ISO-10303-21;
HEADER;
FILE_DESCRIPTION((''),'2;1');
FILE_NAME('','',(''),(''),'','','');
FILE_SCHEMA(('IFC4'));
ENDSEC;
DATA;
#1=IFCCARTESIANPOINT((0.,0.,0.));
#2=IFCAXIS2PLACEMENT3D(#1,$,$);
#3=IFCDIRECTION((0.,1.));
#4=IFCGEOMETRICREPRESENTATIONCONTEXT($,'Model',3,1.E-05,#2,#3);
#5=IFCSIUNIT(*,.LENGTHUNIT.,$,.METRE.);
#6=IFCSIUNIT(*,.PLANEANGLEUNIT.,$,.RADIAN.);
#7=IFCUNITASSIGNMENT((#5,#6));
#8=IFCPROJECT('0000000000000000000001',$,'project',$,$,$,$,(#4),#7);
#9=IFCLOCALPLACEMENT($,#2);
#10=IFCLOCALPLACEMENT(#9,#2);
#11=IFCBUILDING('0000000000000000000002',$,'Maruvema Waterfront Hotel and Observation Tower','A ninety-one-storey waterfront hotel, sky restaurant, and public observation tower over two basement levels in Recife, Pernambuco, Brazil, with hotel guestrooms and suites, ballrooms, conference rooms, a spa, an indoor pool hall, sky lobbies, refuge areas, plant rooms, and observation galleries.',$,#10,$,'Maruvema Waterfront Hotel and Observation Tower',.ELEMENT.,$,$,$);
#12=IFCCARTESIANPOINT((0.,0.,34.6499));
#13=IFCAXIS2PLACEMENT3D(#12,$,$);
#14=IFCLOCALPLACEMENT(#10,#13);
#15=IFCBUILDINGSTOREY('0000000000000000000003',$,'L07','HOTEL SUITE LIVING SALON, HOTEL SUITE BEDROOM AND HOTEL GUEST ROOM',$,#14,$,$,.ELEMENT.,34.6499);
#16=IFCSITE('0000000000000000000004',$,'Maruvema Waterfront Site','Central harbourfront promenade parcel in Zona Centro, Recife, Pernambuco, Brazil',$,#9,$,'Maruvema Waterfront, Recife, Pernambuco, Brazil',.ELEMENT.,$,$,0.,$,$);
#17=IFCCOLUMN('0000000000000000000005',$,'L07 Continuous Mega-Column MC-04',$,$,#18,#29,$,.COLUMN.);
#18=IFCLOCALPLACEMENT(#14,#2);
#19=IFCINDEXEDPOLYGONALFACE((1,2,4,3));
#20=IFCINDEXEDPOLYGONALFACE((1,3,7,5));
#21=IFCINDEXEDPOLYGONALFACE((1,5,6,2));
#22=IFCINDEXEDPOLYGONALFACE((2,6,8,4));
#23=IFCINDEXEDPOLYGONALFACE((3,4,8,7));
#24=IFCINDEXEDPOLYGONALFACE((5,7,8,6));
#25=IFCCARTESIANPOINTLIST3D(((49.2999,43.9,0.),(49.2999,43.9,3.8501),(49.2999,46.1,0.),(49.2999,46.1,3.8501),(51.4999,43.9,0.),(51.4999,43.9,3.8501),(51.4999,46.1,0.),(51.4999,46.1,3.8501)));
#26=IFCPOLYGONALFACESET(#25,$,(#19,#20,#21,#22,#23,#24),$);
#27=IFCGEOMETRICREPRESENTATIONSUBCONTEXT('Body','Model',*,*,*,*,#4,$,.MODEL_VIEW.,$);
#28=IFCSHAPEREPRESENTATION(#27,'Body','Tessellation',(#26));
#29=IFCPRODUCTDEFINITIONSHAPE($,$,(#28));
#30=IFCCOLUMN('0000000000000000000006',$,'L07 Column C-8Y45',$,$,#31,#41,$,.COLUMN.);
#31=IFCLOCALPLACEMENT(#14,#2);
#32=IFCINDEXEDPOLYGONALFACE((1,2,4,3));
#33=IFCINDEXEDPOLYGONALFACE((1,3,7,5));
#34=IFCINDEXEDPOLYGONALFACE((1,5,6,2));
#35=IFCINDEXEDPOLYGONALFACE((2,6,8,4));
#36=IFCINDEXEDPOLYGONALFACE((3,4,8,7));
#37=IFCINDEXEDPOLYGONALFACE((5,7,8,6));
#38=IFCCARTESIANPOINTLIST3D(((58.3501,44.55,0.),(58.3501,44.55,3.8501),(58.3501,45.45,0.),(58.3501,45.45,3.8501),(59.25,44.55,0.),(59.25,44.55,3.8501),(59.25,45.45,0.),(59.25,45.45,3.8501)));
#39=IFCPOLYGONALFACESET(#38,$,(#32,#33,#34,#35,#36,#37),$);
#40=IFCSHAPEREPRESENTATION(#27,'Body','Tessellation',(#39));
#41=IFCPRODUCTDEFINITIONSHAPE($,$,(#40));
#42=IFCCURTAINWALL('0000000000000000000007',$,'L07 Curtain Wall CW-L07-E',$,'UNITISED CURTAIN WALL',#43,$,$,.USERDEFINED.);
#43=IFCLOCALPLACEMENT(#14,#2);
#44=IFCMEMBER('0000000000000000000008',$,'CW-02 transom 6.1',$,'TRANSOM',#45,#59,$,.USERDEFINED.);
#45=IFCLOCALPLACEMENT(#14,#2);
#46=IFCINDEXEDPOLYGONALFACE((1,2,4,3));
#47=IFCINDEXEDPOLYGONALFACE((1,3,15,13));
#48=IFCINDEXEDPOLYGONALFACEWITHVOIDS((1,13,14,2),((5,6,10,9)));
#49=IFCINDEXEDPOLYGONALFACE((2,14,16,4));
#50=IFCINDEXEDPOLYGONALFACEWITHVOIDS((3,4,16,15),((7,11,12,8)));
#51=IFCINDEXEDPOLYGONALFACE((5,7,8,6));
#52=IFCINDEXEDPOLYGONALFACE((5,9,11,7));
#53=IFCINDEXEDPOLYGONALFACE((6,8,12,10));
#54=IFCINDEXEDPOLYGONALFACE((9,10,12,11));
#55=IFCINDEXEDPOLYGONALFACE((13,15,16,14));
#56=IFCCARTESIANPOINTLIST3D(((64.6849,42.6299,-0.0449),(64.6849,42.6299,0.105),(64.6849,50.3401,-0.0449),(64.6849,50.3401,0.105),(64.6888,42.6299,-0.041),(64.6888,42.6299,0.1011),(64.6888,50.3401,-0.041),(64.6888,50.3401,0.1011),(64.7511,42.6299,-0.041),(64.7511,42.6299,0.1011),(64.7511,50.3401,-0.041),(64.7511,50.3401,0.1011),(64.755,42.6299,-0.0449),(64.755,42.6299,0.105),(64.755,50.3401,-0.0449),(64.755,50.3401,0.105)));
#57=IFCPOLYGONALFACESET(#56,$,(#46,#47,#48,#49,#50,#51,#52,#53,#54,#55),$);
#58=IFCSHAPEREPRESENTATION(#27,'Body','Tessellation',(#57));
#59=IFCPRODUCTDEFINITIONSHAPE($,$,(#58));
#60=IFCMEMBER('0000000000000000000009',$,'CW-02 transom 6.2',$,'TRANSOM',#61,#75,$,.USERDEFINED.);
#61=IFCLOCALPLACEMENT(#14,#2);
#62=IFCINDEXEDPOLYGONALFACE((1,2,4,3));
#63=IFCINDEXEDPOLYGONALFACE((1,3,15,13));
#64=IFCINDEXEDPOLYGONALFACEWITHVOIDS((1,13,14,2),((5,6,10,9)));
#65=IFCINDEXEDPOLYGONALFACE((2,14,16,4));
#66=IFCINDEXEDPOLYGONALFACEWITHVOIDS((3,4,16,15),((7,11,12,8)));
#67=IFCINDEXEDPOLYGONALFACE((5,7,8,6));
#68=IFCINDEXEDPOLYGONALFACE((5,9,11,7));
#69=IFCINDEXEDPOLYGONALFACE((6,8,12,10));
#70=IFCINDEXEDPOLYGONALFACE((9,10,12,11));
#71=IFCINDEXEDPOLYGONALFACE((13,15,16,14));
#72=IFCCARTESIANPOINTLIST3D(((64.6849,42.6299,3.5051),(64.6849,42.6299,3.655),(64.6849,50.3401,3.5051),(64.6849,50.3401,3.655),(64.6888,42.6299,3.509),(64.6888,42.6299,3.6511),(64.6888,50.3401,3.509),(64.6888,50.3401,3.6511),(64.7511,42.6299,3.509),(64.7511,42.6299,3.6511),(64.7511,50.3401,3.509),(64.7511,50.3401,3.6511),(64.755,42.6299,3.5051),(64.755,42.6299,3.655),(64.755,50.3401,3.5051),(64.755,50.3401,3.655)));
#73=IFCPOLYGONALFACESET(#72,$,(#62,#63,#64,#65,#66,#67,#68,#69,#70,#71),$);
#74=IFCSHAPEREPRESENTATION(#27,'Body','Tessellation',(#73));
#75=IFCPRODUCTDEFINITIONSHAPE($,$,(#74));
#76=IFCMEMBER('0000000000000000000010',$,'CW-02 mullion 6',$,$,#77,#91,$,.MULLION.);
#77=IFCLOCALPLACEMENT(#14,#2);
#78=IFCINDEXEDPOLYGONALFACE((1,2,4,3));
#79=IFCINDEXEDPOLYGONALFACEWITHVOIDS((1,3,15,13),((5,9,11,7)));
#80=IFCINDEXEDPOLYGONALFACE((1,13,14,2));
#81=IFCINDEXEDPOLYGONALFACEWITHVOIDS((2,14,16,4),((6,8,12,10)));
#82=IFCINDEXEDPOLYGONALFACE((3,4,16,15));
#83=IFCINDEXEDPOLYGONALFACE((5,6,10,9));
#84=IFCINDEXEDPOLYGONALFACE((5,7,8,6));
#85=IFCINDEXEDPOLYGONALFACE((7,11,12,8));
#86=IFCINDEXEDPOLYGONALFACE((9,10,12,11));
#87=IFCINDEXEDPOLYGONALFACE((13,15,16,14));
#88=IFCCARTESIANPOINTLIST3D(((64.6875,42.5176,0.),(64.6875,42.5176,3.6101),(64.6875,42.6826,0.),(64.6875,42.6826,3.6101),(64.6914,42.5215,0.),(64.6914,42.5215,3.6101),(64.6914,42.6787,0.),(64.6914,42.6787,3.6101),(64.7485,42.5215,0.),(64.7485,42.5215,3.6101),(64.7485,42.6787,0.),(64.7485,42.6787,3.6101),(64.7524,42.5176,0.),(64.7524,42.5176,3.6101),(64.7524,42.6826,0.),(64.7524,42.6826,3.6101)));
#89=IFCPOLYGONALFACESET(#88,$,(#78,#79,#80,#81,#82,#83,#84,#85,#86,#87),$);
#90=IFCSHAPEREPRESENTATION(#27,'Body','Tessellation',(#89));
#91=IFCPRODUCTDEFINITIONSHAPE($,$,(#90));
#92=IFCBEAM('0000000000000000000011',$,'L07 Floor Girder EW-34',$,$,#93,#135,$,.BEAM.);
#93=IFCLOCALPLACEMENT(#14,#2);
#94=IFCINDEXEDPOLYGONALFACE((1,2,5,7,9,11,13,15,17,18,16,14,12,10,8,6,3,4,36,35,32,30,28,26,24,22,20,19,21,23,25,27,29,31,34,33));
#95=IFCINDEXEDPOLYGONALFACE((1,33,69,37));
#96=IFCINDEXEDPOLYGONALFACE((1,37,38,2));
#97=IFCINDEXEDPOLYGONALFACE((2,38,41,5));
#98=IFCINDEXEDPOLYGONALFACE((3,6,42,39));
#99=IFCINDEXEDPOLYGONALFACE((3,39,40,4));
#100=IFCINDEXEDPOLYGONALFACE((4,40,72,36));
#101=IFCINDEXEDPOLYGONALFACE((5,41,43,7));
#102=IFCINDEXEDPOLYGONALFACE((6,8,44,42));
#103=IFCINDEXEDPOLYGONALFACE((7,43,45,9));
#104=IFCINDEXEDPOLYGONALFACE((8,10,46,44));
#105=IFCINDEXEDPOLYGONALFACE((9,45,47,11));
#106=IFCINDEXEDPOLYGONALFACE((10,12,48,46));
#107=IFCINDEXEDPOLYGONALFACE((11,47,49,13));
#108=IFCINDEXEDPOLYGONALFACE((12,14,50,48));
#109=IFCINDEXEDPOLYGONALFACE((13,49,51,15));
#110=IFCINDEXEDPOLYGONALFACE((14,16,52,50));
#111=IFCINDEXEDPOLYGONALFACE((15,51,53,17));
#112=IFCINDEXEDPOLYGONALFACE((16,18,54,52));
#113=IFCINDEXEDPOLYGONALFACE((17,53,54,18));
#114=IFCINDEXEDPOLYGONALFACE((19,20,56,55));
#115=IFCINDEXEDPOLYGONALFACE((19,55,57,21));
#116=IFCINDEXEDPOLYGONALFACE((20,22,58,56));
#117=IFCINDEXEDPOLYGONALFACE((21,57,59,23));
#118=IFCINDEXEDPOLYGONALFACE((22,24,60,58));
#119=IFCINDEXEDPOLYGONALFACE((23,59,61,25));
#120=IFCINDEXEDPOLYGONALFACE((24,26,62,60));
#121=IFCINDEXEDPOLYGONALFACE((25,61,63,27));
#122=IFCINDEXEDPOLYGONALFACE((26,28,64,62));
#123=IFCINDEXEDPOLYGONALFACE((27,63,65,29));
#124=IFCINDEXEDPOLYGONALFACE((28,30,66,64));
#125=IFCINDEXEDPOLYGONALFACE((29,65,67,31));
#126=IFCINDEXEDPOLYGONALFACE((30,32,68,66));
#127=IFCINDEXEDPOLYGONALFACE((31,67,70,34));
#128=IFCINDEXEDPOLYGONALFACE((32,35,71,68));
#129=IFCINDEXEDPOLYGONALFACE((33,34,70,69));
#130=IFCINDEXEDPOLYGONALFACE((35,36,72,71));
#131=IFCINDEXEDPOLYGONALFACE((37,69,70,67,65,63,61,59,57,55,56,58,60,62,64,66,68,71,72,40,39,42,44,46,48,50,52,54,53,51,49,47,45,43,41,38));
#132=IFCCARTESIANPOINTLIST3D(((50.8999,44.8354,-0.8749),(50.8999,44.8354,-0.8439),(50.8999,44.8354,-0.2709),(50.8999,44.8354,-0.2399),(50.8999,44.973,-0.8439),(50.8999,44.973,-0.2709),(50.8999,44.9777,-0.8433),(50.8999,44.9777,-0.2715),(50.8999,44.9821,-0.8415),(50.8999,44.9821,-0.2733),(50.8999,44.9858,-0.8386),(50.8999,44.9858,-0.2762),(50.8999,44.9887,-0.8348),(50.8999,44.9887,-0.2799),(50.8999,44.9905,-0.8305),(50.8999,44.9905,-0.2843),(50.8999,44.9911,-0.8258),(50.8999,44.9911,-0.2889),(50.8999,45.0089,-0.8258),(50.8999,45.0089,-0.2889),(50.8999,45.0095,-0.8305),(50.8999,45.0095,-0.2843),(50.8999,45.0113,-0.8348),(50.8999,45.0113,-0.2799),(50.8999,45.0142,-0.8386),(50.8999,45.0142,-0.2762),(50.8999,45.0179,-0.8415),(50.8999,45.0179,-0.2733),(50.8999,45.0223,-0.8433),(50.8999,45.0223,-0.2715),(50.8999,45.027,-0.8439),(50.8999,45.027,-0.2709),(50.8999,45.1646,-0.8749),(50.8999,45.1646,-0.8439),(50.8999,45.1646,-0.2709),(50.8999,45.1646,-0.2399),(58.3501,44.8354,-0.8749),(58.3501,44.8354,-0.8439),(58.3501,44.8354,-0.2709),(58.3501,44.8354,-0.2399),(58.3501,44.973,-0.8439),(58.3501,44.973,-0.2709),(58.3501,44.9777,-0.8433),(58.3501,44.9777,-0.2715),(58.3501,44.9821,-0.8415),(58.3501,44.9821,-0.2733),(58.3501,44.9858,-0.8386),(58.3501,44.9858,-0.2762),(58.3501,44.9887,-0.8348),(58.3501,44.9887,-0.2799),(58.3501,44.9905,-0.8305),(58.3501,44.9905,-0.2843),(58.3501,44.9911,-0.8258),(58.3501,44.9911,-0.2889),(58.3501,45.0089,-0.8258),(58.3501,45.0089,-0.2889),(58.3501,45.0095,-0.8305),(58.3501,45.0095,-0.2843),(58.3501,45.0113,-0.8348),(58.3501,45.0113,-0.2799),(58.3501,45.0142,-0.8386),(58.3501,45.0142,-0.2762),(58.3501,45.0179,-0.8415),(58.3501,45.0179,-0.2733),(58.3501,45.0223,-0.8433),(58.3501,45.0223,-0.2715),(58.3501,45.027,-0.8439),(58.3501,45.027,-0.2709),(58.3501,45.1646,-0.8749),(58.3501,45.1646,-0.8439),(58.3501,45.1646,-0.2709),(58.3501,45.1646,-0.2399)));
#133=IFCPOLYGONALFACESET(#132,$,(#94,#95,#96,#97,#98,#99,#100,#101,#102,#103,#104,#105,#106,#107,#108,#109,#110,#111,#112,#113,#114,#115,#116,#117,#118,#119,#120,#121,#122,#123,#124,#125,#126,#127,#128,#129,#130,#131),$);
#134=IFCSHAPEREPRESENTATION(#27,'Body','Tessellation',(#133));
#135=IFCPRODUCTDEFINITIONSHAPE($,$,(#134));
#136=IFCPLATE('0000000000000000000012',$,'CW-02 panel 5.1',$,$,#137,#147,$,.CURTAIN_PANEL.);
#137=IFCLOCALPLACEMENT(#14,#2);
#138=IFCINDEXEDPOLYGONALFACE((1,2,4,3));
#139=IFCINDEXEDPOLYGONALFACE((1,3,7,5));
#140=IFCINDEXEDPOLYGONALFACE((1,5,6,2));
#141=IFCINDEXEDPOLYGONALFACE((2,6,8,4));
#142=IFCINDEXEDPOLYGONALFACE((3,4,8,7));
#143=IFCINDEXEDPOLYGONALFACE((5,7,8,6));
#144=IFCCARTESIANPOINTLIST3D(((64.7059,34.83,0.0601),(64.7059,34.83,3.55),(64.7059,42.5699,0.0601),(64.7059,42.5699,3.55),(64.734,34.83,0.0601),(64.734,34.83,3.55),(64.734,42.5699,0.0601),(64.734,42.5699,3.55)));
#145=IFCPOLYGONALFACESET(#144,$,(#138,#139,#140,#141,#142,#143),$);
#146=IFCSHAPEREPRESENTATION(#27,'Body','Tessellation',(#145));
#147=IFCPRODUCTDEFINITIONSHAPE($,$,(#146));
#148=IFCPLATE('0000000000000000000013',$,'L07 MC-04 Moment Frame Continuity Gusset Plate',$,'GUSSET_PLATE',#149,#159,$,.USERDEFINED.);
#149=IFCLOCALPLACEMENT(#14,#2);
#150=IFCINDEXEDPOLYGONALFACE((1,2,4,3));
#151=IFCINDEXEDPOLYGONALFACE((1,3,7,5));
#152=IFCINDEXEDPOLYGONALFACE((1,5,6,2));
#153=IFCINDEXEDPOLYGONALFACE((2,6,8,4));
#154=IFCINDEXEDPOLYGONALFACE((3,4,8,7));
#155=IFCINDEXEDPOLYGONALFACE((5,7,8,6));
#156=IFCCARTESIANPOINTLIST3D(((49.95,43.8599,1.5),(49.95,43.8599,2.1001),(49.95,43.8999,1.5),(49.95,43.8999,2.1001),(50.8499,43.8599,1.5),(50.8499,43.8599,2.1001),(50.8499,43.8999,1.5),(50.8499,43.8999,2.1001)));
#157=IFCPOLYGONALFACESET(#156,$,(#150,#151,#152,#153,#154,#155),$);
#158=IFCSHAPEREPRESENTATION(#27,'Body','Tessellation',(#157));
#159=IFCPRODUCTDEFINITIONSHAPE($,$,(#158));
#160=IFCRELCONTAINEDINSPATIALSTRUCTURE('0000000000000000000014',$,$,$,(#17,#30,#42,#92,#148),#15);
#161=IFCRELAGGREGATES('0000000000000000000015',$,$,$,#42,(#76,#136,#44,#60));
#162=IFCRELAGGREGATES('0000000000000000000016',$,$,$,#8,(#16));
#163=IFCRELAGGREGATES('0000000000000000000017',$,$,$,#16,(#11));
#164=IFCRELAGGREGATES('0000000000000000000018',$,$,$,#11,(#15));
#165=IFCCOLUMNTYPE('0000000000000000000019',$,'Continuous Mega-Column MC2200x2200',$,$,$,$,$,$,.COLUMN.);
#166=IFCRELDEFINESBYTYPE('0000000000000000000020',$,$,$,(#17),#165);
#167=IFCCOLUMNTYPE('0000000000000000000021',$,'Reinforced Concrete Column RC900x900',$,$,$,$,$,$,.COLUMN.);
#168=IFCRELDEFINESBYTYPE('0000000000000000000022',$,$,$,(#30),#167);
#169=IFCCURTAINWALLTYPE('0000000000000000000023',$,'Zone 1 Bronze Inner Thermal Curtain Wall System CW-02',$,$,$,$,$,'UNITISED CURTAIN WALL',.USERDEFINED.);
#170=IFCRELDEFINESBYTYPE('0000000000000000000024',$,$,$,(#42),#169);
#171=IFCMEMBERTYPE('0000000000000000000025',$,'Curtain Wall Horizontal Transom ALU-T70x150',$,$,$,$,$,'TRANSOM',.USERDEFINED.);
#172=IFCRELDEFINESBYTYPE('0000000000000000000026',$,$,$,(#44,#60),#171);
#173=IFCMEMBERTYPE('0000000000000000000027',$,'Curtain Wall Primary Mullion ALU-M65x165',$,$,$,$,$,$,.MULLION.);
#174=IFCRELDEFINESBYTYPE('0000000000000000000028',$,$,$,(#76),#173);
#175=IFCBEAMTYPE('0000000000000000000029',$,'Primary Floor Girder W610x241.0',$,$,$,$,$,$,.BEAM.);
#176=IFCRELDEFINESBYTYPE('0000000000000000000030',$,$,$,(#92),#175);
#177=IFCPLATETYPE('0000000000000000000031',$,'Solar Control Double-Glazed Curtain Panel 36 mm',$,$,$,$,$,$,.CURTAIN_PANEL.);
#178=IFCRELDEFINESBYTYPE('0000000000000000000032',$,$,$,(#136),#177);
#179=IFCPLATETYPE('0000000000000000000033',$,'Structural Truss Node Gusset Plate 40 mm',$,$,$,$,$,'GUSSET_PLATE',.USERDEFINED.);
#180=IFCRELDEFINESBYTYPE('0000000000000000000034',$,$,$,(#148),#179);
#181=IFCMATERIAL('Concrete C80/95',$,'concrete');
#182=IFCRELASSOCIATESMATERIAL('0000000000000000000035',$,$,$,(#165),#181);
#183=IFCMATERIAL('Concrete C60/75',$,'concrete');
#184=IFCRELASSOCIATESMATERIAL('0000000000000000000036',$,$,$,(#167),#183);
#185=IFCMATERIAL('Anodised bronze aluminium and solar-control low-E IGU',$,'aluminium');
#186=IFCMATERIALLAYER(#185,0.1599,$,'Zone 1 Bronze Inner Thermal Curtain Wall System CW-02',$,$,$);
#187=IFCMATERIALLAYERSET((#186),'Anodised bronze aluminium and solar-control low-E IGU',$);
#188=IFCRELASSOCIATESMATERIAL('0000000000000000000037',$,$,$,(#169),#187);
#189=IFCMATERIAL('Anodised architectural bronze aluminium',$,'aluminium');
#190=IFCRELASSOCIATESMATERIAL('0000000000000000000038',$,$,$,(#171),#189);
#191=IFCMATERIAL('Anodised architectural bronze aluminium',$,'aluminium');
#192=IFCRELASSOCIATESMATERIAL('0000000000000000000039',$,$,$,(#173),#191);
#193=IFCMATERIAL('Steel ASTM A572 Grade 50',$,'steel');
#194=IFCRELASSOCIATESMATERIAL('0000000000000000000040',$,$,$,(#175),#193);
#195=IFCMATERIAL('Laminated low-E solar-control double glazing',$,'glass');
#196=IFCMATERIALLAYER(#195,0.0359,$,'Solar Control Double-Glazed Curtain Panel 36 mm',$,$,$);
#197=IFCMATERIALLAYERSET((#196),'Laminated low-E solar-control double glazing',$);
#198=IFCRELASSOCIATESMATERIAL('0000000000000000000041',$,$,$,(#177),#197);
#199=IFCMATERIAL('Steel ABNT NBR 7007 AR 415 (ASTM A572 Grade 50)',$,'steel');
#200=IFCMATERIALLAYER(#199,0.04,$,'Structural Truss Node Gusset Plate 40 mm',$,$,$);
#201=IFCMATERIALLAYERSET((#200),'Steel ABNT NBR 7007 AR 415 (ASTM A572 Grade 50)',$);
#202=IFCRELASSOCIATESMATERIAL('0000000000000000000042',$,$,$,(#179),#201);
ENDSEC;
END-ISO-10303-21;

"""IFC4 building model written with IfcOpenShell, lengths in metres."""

from ifc_helpers import new_model, si_unit, direction, frame, origin, origin_2d, place, context, subcontext, project, spatial, rectangle, hollow_rectangle, i_section, extrude, material, layer, layer_set, material_profile, profile_set, type_object, element, aggregate, save


model = new_model("IFC4")

# Units and contexts
model_context = context("Model", 3, precision=1e-05, world=origin(), true_north=direction((0.0, 1.0)))
body_context = subcontext(model_context, "Body", "Model", "MODEL_VIEW")
ifc_project = project(units=[si_unit("LENGTHUNIT", "METRE"), si_unit("PLANEANGLEUNIT", "RADIAN")], contexts=[model_context])

# Site, building, storey
site_placement = place(None, origin())
site = spatial("IfcSite", under=ifc_project, at=site_placement, Name="Maruvema Waterfront Site", Description="Central harbourfront promenade parcel in Zona Centro, Recife, Pernambuco, Brazil", LongName="Maruvema Waterfront, Recife, Pernambuco, Brazil", CompositionType="ELEMENT", RefElevation=0.0)
building_placement = place(site_placement, origin())
building = spatial("IfcBuilding", under=site, at=building_placement, Name="Maruvema Waterfront Hotel and Observation Tower", Description="A ninety-one-storey waterfront hotel, sky restaurant, and public observation tower over two basement levels in Recife, Pernambuco, Brazil, with hotel guestrooms and suites, ballrooms, conference rooms, a spa, an indoor pool hall, sky lobbies, refuge areas, plant rooms, and observation galleries.", LongName="Maruvema Waterfront Hotel and Observation Tower", CompositionType="ELEMENT")
storey_placement = place(building_placement, frame((0.0, 0.0, 34.6499)))
storey = spatial("IfcBuildingStorey", under=building, at=storey_placement, Name="L07", Description="HOTEL SUITE LIVING SALON, HOTEL SUITE BEDROOM AND HOTEL GUEST ROOM", CompositionType="ELEMENT", Elevation=34.6499)

# Columns
ifc_material_1 = material(Name="Concrete C80/95", Category="concrete")
ifc_material_profile_1 = material_profile(ifc_material_1, rectangle(XDim=2.2, YDim=2.2, at=origin_2d()), Name="MC2200x2200")
ifc_profile_set_1 = profile_set([ifc_material_profile_1], Name="Concrete C80/95")
column_type_1 = type_object("IfcColumnType", Name="Continuous Mega-Column MC2200x2200", PredefinedType="COLUMN", material=ifc_profile_set_1)
column_1_placement = place(storey_placement, frame((50.3999, 45.0, 0.0), z_axis=(0.0, 0.0, 1.0), x_axis=(1.0, 0.0, 0.0)))
element("IfcColumn", 1, at=column_1_placement, inside=storey, type_object=column_type_1, Name="L07 Continuous Mega-Column MC-04", PredefinedType="COLUMN", context=body_context, shape_type="SweptSolid", body=[
    extrude(rectangle(XDim=2.2, YDim=2.2, at=origin_2d()), origin(), (0.0, 0.0, 1.0), 3.8501),
])
ifc_material_2 = material(Name="Concrete C60/75", Category="concrete")
ifc_material_profile_2 = material_profile(ifc_material_2, rectangle(XDim=0.8999, YDim=0.8999, at=origin_2d()), Name="RC900x900")
ifc_profile_set_2 = profile_set([ifc_material_profile_2], Name="Concrete C60/75")
column_type_2 = type_object("IfcColumnType", Name="Reinforced Concrete Column RC900x900", PredefinedType="COLUMN", material=ifc_profile_set_2)
column_2_placement = place(storey_placement, frame((58.8, 45.0, 0.0), z_axis=(0.0, 0.0, 1.0), x_axis=(1.0, 0.0, 0.0)))
element("IfcColumn", 2, at=column_2_placement, inside=storey, type_object=column_type_2, Name="L07 Column C-8Y45", PredefinedType="COLUMN", context=body_context, shape_type="SweptSolid", body=[
    extrude(rectangle(XDim=0.8999, YDim=0.8999, at=origin_2d()), origin(), (0.0, 0.0, 1.0), 3.8501),
])

# Curtain wall, members
ifc_material_3 = material(Name="Anodised bronze aluminium and solar-control low-E IGU", Category="aluminium")
ifc_layer_1 = layer(ifc_material_3, 0.1599, Name="Zone 1 Bronze Inner Thermal Curtain Wall System CW-02")
ifc_layer_set_1 = layer_set([ifc_layer_1], Name="Anodised bronze aluminium and solar-control low-E IGU")
curtain_wall_type = type_object("IfcCurtainWallType", Name="Zone 1 Bronze Inner Thermal Curtain Wall System CW-02", ElementType="UNITISED CURTAIN WALL", PredefinedType="USERDEFINED", material=ifc_layer_set_1)
curtain_wall_placement = place(storey_placement, origin())
curtain_wall = element("IfcCurtainWall", 3, at=curtain_wall_placement, inside=storey, type_object=curtain_wall_type, Name="L07 Curtain Wall CW-L07-E", ObjectType="UNITISED CURTAIN WALL", PredefinedType="USERDEFINED")
ifc_material_4 = material(Name="Anodised architectural bronze aluminium", Category="aluminium")
ifc_material_profile_3 = material_profile(ifc_material_4, hollow_rectangle(XDim=0.0701, YDim=0.1499, WallThickness=0.0039, at=origin_2d()), Name="ALU-T70x150")
ifc_profile_set_3 = profile_set([ifc_material_profile_3], Name="Anodised architectural bronze aluminium")
member_type_1 = type_object("IfcMemberType", Name="Curtain Wall Horizontal Transom ALU-T70x150", ElementType="TRANSOM", PredefinedType="USERDEFINED", material=ifc_profile_set_3)
member_1_placement = place(storey_placement, frame((64.72, 42.6299, 0.03), z_axis=(0.0, 1.0, 0.0), x_axis=(-1.0, 0.0, 0.0)))
member_1 = element("IfcMember", 4, at=member_1_placement, type_object=member_type_1, Name="CW-02 transom 6.1", ObjectType="TRANSOM", PredefinedType="USERDEFINED", context=body_context, shape_type="SweptSolid", body=[
    extrude(hollow_rectangle(XDim=0.0701, YDim=0.1499, WallThickness=0.0039, at=origin_2d()), origin(), (0.0, 0.0, 1.0), 7.7102),
])
member_2_placement = place(storey_placement, frame((64.72, 42.6299, 3.5801), z_axis=(0.0, 1.0, 0.0), x_axis=(-1.0, 0.0, 0.0)))
member_2 = element("IfcMember", 5, at=member_2_placement, type_object=member_type_1, Name="CW-02 transom 6.2", ObjectType="TRANSOM", PredefinedType="USERDEFINED", context=body_context, shape_type="SweptSolid", body=[
    extrude(hollow_rectangle(XDim=0.0701, YDim=0.1499, WallThickness=0.0039, at=origin_2d()), origin(), (0.0, 0.0, 1.0), 7.7102),
])
ifc_material_5 = material(Name="Anodised architectural bronze aluminium", Category="aluminium")
ifc_material_profile_4 = material_profile(ifc_material_5, hollow_rectangle(XDim=0.0649, YDim=0.165, WallThickness=0.0039, at=origin_2d()), Name="ALU-M65x165")
ifc_profile_set_4 = profile_set([ifc_material_profile_4], Name="Anodised architectural bronze aluminium")
member_type_2 = type_object("IfcMemberType", Name="Curtain Wall Primary Mullion ALU-M65x165", PredefinedType="MULLION", material=ifc_profile_set_4)
member_3_placement = place(storey_placement, frame((64.72, 42.6001, 0.0), z_axis=(0.0, 0.0, 1.0), x_axis=(-1.0, 0.0, 0.0)))
member_3 = element("IfcMember", 6, at=member_3_placement, type_object=member_type_2, Name="CW-02 mullion 6", PredefinedType="MULLION", context=body_context, shape_type="SweptSolid", body=[
    extrude(hollow_rectangle(XDim=0.0649, YDim=0.165, WallThickness=0.0039, at=origin_2d()), origin(), (0.0, 0.0, 1.0), 3.6101),
])

# Beam
ifc_material_6 = material(Name="Steel ASTM A572 Grade 50", Category="steel")
ifc_material_profile_5 = material_profile(ifc_material_6, i_section(OverallWidth=0.3291, OverallDepth=0.635, WebThickness=0.0178, FlangeThickness=0.031, FilletRadius=0.0181, at=origin_2d()), Name="W610x241.0")
ifc_profile_set_5 = profile_set([ifc_material_profile_5], Name="Steel ASTM A572 Grade 50")
beam_type = type_object("IfcBeamType", Name="Primary Floor Girder W610x241.0", PredefinedType="BEAM", material=ifc_profile_set_5)
beam_placement = place(storey_placement, frame((50.8999, 45.0, -0.5574), z_axis=(1.0, 0.0, 0.0), x_axis=(0.0, 1.0, 0.0)))
element("IfcBeam", 7, at=beam_placement, inside=storey, type_object=beam_type, Name="L07 Floor Girder EW-34", PredefinedType="BEAM", context=body_context, shape_type="SweptSolid", body=[
    extrude(i_section(OverallWidth=0.3291, OverallDepth=0.635, WebThickness=0.0178, FlangeThickness=0.031, FilletRadius=0.0181, at=origin_2d()), origin(), (0.0, 0.0, 1.0), 7.4502),
])

# Plates
ifc_material_7 = material(Name="Laminated low-E solar-control double glazing", Category="glass")
ifc_layer_2 = layer(ifc_material_7, 0.0359, Name="Solar Control Double-Glazed Curtain Panel 36 mm")
ifc_layer_set_2 = layer_set([ifc_layer_2], Name="Laminated low-E solar-control double glazing")
plate_type_1 = type_object("IfcPlateType", Name="Solar Control Double-Glazed Curtain Panel 36 mm", PredefinedType="CURTAIN_PANEL", material=ifc_layer_set_2)
plate_1_placement = place(storey_placement, frame((64.72, 38.7, 0.0601), z_axis=(0.0, 0.0, 1.0), x_axis=(0.0, 1.0, 0.0)))
plate_1 = element("IfcPlate", 8, at=plate_1_placement, type_object=plate_type_1, Name="CW-02 panel 5.1", PredefinedType="CURTAIN_PANEL", context=body_context, shape_type="SweptSolid", body=[
    extrude(rectangle(XDim=7.74, YDim=0.0281, at=origin_2d()), origin(), (0.0, 0.0, 1.0), 3.49),
])
aggregate(curtain_wall, [member_3, plate_1, member_1, member_2])
ifc_material_8 = material(Name="Steel ABNT NBR 7007 AR 415 (ASTM A572 Grade 50)", Category="steel")
ifc_layer_3 = layer(ifc_material_8, 0.04, Name="Structural Truss Node Gusset Plate 40 mm")
ifc_layer_set_3 = layer_set([ifc_layer_3], Name="Steel ABNT NBR 7007 AR 415 (ASTM A572 Grade 50)")
plate_type_2 = type_object("IfcPlateType", Name="Structural Truss Node Gusset Plate 40 mm", ElementType="GUSSET_PLATE", PredefinedType="USERDEFINED", material=ifc_layer_set_3)
plate_2_placement = place(storey_placement, frame((50.3999, 43.8799, 1.5), z_axis=(0.0, 0.0, 1.0), x_axis=(1.0, 0.0, 0.0)))
element("IfcPlate", 9, at=plate_2_placement, inside=storey, type_object=plate_type_2, Name="L07 MC-04 Moment Frame Continuity Gusset Plate", ObjectType="GUSSET_PLATE", PredefinedType="USERDEFINED", context=body_context, shape_type="SweptSolid", body=[
    extrude(rectangle(XDim=0.8999, YDim=0.04, at=origin_2d()), origin(), (0.0, 0.0, 1.0), 0.6001),
])

save(model, "model.ifc")
